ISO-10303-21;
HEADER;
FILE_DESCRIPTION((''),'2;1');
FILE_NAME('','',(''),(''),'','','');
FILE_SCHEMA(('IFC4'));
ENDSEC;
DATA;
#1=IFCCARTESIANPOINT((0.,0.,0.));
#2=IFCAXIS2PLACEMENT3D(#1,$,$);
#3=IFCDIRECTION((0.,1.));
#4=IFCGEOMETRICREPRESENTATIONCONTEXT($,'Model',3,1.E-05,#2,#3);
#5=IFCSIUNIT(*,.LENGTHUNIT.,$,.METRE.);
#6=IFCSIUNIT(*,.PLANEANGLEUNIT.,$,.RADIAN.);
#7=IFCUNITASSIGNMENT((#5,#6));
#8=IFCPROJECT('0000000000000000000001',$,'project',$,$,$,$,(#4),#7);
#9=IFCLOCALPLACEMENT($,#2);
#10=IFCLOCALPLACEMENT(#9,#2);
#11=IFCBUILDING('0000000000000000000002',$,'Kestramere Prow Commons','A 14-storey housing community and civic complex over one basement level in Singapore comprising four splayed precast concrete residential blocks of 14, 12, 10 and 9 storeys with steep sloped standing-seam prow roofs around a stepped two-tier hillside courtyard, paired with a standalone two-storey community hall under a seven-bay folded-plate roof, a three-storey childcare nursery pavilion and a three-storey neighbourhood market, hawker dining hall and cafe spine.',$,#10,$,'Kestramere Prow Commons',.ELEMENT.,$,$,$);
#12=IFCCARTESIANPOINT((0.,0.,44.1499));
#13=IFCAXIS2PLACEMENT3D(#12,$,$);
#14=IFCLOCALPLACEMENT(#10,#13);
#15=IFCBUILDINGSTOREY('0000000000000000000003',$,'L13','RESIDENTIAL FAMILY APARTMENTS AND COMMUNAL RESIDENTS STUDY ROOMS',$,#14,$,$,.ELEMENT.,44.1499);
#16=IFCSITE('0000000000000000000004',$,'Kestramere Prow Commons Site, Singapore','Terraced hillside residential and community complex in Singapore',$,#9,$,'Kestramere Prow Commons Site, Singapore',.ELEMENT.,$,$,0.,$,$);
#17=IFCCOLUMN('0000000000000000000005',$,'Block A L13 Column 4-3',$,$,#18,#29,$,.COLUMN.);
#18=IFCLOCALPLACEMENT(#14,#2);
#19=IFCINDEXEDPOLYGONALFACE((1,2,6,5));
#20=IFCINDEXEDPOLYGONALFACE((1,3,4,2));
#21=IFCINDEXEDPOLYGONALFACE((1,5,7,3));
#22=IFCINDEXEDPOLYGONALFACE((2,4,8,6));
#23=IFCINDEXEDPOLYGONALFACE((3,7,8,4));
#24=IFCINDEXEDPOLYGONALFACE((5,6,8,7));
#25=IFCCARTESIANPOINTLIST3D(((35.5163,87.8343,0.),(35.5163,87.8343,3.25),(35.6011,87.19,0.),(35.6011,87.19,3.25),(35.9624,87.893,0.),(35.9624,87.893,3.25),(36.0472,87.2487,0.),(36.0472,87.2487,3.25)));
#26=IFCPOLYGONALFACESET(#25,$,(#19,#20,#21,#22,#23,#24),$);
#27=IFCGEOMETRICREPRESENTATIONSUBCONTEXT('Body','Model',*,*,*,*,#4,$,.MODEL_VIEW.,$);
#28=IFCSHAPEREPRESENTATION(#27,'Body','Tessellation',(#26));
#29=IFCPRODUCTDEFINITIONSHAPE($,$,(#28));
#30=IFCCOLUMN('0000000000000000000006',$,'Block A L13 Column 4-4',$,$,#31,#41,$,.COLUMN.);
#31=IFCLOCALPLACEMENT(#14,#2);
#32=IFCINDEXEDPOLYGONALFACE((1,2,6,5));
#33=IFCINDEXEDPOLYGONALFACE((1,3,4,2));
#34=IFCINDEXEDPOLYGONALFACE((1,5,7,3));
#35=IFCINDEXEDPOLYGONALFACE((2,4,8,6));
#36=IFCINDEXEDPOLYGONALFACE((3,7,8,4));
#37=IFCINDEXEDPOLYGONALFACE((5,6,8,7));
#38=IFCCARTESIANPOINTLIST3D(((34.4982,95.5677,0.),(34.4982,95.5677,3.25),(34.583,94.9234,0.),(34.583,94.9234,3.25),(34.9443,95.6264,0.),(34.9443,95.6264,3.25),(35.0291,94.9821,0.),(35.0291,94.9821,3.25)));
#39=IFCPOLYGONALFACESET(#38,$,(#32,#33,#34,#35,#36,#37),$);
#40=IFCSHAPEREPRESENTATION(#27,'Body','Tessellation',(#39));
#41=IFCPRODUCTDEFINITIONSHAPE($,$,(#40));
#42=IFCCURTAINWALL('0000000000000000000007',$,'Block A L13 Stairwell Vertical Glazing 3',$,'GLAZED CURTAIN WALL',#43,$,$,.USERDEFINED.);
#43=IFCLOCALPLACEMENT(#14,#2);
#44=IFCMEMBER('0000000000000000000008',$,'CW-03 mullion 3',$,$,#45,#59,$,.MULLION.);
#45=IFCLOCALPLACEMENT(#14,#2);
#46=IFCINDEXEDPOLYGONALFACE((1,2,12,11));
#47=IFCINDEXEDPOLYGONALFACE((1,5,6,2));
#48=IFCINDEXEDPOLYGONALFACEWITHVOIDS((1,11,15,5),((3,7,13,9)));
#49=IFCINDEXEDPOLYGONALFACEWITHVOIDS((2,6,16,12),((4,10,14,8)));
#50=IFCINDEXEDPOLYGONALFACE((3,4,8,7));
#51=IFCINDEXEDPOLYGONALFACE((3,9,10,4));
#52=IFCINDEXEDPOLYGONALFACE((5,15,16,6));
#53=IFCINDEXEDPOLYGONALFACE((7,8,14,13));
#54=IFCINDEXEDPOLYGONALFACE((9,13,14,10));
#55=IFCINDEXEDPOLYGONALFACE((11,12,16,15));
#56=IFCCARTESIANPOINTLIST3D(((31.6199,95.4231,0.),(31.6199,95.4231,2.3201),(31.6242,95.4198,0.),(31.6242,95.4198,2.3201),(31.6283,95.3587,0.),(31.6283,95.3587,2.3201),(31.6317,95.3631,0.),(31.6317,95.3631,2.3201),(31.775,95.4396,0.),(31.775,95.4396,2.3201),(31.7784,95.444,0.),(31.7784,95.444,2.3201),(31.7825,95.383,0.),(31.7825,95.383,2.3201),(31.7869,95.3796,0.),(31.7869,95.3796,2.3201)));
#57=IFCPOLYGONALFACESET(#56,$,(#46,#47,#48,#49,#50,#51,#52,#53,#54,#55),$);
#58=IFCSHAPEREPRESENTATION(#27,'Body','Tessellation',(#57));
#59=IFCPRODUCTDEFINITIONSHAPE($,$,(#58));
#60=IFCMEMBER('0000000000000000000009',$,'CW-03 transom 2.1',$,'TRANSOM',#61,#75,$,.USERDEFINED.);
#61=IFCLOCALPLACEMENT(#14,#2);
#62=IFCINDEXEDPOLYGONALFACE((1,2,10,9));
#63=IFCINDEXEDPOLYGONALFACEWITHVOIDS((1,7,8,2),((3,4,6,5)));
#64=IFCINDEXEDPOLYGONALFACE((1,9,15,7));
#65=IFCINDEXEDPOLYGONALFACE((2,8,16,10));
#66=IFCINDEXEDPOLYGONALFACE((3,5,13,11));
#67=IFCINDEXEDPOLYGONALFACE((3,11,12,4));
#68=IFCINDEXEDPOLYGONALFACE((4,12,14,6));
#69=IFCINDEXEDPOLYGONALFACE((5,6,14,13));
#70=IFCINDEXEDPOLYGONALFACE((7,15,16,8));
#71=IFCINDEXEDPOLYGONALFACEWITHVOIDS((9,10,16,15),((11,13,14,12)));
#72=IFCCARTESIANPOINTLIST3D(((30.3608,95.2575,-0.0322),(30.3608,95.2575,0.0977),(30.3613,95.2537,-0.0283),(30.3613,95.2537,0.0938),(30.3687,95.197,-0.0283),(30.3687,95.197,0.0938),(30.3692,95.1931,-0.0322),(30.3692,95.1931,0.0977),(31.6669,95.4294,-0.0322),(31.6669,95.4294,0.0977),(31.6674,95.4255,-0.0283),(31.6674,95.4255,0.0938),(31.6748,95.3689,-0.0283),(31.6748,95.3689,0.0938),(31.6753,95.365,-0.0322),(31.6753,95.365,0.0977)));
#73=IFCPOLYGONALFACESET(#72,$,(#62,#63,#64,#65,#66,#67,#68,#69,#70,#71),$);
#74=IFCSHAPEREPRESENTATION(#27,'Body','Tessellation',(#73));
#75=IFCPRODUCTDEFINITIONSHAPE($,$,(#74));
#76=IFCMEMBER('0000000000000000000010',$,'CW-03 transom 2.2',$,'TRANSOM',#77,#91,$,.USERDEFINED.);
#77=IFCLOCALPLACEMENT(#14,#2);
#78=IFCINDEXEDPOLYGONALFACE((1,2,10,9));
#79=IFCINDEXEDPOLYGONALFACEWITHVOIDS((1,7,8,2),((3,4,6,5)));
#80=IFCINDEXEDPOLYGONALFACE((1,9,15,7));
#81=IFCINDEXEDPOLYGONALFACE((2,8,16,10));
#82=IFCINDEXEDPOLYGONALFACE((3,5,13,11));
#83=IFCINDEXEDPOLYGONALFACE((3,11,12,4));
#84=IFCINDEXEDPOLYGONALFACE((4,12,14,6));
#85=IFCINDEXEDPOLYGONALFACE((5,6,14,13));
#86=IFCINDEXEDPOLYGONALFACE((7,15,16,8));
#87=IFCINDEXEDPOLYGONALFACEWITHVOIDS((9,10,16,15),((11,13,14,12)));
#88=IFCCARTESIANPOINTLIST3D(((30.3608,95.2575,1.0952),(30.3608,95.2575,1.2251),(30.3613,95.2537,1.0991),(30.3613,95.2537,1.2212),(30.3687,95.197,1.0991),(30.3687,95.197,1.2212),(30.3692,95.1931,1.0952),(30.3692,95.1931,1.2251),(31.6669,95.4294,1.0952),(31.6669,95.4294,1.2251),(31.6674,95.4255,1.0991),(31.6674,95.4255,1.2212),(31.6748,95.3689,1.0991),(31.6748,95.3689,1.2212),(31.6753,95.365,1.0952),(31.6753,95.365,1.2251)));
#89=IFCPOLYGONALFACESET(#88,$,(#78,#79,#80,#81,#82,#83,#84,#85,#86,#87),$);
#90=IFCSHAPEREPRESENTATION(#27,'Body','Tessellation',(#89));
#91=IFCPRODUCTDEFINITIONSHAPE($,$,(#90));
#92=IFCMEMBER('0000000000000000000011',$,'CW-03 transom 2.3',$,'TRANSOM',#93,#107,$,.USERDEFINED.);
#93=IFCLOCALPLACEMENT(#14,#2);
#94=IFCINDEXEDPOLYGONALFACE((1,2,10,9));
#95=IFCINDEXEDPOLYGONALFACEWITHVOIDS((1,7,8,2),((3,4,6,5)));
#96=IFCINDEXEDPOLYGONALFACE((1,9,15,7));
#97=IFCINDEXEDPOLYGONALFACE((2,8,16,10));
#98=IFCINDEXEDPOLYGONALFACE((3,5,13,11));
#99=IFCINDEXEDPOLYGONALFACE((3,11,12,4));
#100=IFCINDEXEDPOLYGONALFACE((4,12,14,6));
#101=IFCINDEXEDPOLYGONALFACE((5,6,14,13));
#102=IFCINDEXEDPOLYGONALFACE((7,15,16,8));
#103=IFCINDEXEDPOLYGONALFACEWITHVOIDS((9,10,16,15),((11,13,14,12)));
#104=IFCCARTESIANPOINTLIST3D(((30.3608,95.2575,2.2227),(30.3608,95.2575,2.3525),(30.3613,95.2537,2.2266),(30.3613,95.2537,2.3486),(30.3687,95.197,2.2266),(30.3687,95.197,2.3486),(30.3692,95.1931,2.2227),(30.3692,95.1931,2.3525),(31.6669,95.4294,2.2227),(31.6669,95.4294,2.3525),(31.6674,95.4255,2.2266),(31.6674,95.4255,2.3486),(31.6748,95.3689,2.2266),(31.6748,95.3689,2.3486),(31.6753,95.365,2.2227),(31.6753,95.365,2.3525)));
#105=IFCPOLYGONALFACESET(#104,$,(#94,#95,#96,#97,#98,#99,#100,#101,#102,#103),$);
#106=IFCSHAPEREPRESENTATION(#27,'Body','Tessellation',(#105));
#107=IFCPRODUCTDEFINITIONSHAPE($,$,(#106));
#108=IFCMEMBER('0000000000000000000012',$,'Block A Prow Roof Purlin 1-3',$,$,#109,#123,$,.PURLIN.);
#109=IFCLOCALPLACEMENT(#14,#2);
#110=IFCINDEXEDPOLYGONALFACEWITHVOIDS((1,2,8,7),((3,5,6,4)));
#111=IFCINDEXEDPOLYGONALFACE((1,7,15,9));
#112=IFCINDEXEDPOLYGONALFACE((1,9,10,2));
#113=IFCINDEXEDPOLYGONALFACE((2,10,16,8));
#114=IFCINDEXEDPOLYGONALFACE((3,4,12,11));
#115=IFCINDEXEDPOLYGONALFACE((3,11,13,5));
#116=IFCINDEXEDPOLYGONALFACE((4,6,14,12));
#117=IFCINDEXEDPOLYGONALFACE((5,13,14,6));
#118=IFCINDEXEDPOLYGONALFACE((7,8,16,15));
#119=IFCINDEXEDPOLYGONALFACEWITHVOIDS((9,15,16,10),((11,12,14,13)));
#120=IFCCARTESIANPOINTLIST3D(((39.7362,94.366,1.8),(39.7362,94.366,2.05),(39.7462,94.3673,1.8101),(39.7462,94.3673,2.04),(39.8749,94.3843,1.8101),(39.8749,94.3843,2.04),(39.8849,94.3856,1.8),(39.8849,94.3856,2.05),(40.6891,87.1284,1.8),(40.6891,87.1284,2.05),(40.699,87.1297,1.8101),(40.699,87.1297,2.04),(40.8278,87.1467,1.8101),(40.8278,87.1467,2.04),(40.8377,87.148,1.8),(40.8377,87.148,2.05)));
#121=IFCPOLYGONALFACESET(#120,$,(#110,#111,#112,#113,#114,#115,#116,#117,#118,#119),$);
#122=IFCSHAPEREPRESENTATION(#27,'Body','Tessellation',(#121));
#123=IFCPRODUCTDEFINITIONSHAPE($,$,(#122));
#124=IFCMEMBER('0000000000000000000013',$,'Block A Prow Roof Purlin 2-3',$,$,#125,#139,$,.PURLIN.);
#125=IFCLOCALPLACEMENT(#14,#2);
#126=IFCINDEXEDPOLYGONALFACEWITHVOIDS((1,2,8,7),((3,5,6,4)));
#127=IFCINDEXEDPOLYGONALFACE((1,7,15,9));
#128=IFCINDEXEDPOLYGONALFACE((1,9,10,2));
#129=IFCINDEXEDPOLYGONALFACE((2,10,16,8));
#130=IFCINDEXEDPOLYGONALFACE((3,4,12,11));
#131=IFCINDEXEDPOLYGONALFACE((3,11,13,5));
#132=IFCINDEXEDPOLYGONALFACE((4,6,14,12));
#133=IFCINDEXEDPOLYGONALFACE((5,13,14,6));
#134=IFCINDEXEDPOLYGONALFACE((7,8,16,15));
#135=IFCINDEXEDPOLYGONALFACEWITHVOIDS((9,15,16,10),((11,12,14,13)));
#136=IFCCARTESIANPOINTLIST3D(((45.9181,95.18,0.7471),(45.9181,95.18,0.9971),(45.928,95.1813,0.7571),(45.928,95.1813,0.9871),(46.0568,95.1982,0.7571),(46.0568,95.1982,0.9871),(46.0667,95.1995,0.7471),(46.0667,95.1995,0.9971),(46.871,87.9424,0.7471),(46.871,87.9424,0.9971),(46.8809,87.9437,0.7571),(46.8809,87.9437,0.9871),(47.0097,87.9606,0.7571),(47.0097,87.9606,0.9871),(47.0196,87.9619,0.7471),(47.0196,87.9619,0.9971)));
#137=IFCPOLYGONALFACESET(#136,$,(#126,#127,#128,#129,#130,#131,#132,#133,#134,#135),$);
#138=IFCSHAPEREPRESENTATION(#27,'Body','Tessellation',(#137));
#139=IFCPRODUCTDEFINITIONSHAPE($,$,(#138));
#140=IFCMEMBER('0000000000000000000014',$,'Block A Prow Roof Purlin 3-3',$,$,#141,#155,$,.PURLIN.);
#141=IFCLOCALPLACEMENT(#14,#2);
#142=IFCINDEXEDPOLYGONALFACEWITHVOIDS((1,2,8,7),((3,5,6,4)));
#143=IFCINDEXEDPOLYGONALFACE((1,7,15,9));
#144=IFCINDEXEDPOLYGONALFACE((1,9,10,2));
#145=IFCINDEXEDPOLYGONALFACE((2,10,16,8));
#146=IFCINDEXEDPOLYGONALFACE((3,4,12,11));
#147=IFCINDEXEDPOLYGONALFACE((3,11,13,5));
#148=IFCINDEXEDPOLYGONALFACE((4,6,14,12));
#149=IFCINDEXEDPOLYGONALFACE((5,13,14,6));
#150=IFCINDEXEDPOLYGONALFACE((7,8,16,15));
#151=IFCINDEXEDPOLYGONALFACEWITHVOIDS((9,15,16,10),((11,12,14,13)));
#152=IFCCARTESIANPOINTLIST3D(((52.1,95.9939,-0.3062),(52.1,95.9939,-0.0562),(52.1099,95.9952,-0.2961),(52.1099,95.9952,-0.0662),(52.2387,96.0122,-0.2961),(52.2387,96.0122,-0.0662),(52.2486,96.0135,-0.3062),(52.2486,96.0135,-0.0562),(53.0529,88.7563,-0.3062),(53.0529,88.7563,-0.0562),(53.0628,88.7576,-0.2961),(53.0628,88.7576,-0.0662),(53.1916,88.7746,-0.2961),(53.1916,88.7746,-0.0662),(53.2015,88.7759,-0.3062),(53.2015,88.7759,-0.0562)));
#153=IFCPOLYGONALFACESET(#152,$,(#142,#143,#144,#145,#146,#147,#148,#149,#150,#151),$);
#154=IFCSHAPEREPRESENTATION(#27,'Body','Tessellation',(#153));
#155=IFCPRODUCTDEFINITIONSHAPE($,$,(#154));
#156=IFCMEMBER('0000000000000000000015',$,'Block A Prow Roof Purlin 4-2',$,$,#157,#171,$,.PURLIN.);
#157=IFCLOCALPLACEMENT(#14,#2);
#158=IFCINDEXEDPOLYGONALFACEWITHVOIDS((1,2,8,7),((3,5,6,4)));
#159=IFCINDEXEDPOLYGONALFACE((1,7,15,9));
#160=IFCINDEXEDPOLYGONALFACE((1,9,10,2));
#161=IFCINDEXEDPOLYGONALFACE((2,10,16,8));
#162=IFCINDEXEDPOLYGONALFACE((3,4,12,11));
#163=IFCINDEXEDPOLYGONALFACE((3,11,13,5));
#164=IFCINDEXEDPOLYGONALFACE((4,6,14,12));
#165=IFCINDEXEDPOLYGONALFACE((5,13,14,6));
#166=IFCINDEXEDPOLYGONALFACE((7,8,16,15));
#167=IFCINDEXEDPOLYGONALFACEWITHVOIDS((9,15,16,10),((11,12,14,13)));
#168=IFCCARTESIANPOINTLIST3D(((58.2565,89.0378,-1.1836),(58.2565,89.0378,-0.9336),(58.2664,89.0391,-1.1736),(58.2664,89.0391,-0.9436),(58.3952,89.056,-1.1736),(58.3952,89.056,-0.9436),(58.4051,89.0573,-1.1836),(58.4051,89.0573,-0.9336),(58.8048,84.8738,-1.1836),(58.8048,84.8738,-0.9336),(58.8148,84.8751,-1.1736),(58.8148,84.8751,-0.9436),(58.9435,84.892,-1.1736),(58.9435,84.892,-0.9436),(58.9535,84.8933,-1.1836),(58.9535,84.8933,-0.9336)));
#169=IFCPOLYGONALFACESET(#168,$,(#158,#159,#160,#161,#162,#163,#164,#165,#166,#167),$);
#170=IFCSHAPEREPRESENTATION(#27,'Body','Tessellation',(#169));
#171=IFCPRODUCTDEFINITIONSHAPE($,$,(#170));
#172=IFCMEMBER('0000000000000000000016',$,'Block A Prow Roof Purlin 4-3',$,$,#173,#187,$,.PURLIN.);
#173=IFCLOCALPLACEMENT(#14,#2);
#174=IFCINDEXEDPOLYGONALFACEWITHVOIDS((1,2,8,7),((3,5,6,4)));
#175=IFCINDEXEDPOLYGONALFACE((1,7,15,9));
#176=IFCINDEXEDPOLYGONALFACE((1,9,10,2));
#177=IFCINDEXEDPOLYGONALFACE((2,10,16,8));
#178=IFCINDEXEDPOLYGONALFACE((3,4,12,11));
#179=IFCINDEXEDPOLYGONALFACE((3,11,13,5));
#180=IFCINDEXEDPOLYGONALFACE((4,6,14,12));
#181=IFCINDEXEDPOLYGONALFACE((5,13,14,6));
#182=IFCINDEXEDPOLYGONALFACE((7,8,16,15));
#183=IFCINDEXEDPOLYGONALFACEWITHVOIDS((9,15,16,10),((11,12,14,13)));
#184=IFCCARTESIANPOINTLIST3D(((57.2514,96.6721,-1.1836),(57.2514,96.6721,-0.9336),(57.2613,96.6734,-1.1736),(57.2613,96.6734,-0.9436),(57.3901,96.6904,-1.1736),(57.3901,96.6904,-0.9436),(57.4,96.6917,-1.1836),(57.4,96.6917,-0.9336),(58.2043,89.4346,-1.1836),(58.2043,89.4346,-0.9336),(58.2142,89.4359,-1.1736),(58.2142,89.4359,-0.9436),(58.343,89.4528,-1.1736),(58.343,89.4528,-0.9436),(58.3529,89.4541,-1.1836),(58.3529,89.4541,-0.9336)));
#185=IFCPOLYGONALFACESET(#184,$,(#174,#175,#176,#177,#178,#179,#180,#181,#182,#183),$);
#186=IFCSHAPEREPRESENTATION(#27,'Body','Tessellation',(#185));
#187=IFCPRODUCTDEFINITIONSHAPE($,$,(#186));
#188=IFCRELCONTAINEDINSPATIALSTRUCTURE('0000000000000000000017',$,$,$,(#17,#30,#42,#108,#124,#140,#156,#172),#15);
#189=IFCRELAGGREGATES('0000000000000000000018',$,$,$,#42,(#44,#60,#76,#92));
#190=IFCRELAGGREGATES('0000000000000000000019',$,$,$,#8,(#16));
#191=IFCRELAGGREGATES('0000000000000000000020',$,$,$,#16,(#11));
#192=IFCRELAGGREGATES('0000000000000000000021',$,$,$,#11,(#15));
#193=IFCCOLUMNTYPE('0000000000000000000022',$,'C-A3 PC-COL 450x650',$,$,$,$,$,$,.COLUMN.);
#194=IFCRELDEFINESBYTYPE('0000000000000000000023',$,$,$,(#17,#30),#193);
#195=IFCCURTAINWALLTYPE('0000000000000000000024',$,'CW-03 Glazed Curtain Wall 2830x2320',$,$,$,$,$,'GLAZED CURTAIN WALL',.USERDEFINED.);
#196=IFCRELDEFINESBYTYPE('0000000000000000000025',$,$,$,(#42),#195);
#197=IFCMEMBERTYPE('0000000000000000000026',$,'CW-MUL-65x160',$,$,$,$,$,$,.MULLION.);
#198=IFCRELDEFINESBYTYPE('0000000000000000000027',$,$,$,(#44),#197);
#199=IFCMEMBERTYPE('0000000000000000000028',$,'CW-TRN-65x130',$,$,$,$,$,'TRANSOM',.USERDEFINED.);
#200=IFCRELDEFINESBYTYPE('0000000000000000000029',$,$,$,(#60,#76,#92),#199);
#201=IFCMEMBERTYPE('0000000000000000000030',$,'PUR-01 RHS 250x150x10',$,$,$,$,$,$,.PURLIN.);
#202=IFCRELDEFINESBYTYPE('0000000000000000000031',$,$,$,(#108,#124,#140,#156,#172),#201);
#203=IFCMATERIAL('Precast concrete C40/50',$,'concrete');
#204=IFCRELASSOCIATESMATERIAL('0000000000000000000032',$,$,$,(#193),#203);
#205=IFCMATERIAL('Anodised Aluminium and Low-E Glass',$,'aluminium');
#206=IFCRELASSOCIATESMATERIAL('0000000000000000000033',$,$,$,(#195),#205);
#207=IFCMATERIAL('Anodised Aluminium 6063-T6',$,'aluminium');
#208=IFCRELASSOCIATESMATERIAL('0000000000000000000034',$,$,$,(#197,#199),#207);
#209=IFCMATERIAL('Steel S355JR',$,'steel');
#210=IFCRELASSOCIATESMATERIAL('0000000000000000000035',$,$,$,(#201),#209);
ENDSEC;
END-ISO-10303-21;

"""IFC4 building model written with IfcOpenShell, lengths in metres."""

from ifc_helpers import new_model, si_unit, direction, frame, origin, origin_2d, place, context, subcontext, project, spatial, rectangle, hollow_rectangle, extrude, material, material_profile, profile_set, type_object, element, aggregate, save


model = new_model("IFC4")

# Units and contexts
model_context = context("Model", 3, precision=1e-05, world=origin(), true_north=direction((0.0, 1.0)))
body_context = subcontext(model_context, "Body", "Model", "MODEL_VIEW")
ifc_project = project(units=[si_unit("LENGTHUNIT", "METRE"), si_unit("PLANEANGLEUNIT", "RADIAN")], contexts=[model_context])

# Site, building, storey
site_placement = place(None, origin())
site = spatial("IfcSite", under=ifc_project, at=site_placement, Name="Kestramere Prow Commons Site, Singapore", Description="Terraced hillside residential and community complex in Singapore", LongName="Kestramere Prow Commons Site, Singapore", CompositionType="ELEMENT", RefElevation=0.0)
building_placement = place(site_placement, origin())
building = spatial("IfcBuilding", under=site, at=building_placement, Name="Kestramere Prow Commons", Description="A 14-storey housing community and civic complex over one basement level in Singapore comprising four splayed precast concrete residential blocks of 14, 12, 10 and 9 storeys with steep sloped standing-seam prow roofs around a stepped two-tier hillside courtyard, paired with a standalone two-storey community hall under a seven-bay folded-plate roof, a three-storey childcare nursery pavilion and a three-storey neighbourhood market, hawker dining hall and cafe spine.", LongName="Kestramere Prow Commons", CompositionType="ELEMENT")
storey_placement = place(building_placement, frame((0.0, 0.0, 44.1499)))
storey = spatial("IfcBuildingStorey", under=building, at=storey_placement, Name="L13", Description="RESIDENTIAL FAMILY APARTMENTS AND COMMUNAL RESIDENTS STUDY ROOMS", CompositionType="ELEMENT", Elevation=44.1499)

# Columns
ifc_material_1 = material(Name="Precast concrete C40/50", Category="concrete")
ifc_material_profile_1 = material_profile(ifc_material_1, rectangle(XDim=0.45, YDim=0.6499, at=origin_2d()), Name="PC-COL 450x650")
ifc_profile_set_1 = profile_set([ifc_material_profile_1], Name="Precast concrete C40/50")
column_type = type_object("IfcColumnType", Name="C-A3 PC-COL 450x650", PredefinedType="COLUMN", material=ifc_profile_set_1)
for number, where, z_axis, x_axis, name in (
    (1, (35.7817, 87.5415, 0.0), (0.0, 0.0, 1.0), (0.991445, 0.130526, 0.0), "Block A L13 Column 4-3"),
    (2, (34.7637, 95.2749, 0.0), (0.0, 0.0, 1.0), (0.991445, 0.130526, 0.0), "Block A L13 Column 4-4"),
):
    element("IfcColumn", number, at=place(storey_placement, frame(where, z_axis=z_axis, x_axis=x_axis)), inside=storey, type_object=column_type, Name=name, PredefinedType="COLUMN", context=body_context, shape_type="SweptSolid", body=[
        extrude(rectangle(XDim=0.45, YDim=0.6499, at=origin_2d()), origin(), (0.0, 0.0, 1.0), 3.25),
    ])

# Curtain wall, members
ifc_material_2 = material(Name="Anodised Aluminium and Low-E Glass", Category="aluminium")
curtain_wall_type = type_object("IfcCurtainWallType", Name="CW-03 Glazed Curtain Wall 2830x2320", ElementType="GLAZED CURTAIN WALL", PredefinedType="USERDEFINED", material=ifc_material_2)
curtain_wall_placement = place(storey_placement, origin())
curtain_wall = element("IfcCurtainWall", 3, at=curtain_wall_placement, inside=storey, type_object=curtain_wall_type, Name="Block A L13 Stairwell Vertical Glazing 3", ObjectType="GLAZED CURTAIN WALL", PredefinedType="USERDEFINED")
ifc_material_3 = material(Name="Anodised Aluminium 6063-T6", Category="aluminium")
ifc_material_profile_2 = material_profile(ifc_material_3, hollow_rectangle(XDim=0.0649, YDim=0.1599, WallThickness=0.0039, at=origin_2d()), Name="ALU-MUL 65x160")
ifc_profile_set_2 = profile_set([ifc_material_profile_2], Name="Anodised Aluminium 6063-T6")
member_type_1 = type_object("IfcMemberType", Name="CW-MUL-65x160", PredefinedType="MULLION", material=ifc_profile_set_2)
member_1_placement = place(storey_placement, frame((31.7034, 95.4014, 0.0), z_axis=(0.0, 0.0, 1.0), x_axis=(-0.130526, 0.991445, 0.0)))
member_1 = element("IfcMember", 4, at=member_1_placement, type_object=member_type_1, Name="CW-03 mullion 3", PredefinedType="MULLION", context=body_context, shape_type="SweptSolid", body=[
    extrude(hollow_rectangle(XDim=0.0649, YDim=0.1599, WallThickness=0.0039, at=origin_2d()), origin(), (0.0, 0.0, 1.0), 2.3201),
])
ifc_material_profile_3 = material_profile(ifc_material_3, hollow_rectangle(XDim=0.0649, YDim=0.1299, WallThickness=0.0039, at=origin_2d()), Name="ALU-TRN 65x130")
ifc_profile_set_3 = profile_set([ifc_material_profile_3], Name="Anodised Aluminium 6063-T6")
member_type_2 = type_object("IfcMemberType", Name="CW-TRN-65x130", ElementType="TRANSOM", PredefinedType="USERDEFINED", material=ifc_profile_set_3)
member_2_placement = place(storey_placement, frame((30.365, 95.2253, 0.0327), z_axis=(0.991453, 0.130464, 0.0), x_axis=(-0.130464, 0.991453, 0.0)))
member_2 = element("IfcMember", 5, at=member_2_placement, type_object=member_type_2, Name="CW-03 transom 2.1", ObjectType="TRANSOM", PredefinedType="USERDEFINED", context=body_context, shape_type="SweptSolid", body=[
    extrude(hollow_rectangle(XDim=0.0649, YDim=0.1299, WallThickness=0.0039, at=origin_2d()), origin(), (0.0, 0.0, 1.0), 1.3174),
])
member_3_placement = place(storey_placement, frame((30.365, 95.2253, 1.1602), z_axis=(0.991453, 0.130464, 0.0), x_axis=(-0.130464, 0.991453, 0.0)))
member_3 = element("IfcMember", 6, at=member_3_placement, type_object=member_type_2, Name="CW-03 transom 2.2", ObjectType="TRANSOM", PredefinedType="USERDEFINED", context=body_context, shape_type="SweptSolid", body=[
    extrude(hollow_rectangle(XDim=0.0649, YDim=0.1299, WallThickness=0.0039, at=origin_2d()), origin(), (0.0, 0.0, 1.0), 1.3174),
])
member_4_placement = place(storey_placement, frame((30.365, 95.2253, 2.2876), z_axis=(0.991453, 0.130464, 0.0), x_axis=(-0.130464, 0.991453, 0.0)))
member_4 = element("IfcMember", 7, at=member_4_placement, type_object=member_type_2, Name="CW-03 transom 2.3", ObjectType="TRANSOM", PredefinedType="USERDEFINED", context=body_context, shape_type="SweptSolid", body=[
    extrude(hollow_rectangle(XDim=0.0649, YDim=0.1299, WallThickness=0.0039, at=origin_2d()), origin(), (0.0, 0.0, 1.0), 1.3174),
])

# Members
ifc_material_4 = material(Name="Steel S355JR", Category="steel")
ifc_material_profile_4 = material_profile(ifc_material_4, hollow_rectangle(XDim=0.1499, YDim=0.25, WallThickness=0.01, at=origin_2d()), Name="RHS 250x150x10")
ifc_profile_set_4 = profile_set([ifc_material_profile_4], Name="Steel S355JR")
member_type_3 = type_object("IfcMemberType", Name="PUR-01 RHS 250x150x10", PredefinedType="PURLIN", material=ifc_profile_set_4)
for number, where, z_axis, x_axis, name in (
    (8, (40.7634, 87.1382, 1.925), (-0.130532, 0.991444, 0.0), (-0.991444, -0.130532, 0.0), "Block A Prow Roof Purlin 1-3"),
    (9, (46.9453, 87.9521, 0.8721), (-0.130532, 0.991444, 0.0), (-0.991444, -0.130532, 0.0), "Block A Prow Roof Purlin 2-3"),
    (10, (53.1272, 88.7661, -0.1812), (-0.130532, 0.991444, 0.0), (-0.991444, -0.130532, 0.0), "Block A Prow Roof Purlin 3-3"),
):
    element("IfcMember", number, at=place(storey_placement, frame(where, z_axis=z_axis, x_axis=x_axis)), inside=storey, type_object=member_type_3, Name=name, PredefinedType="PURLIN", context=body_context, shape_type="SweptSolid", body=[
        extrude(hollow_rectangle(XDim=0.1499, YDim=0.25, WallThickness=0.01, at=origin_2d()), origin(), (0.0, 0.0, 1.0), 7.3),
    ])
member_5_placement = place(storey_placement, frame((58.8792, 84.8835, -1.0586), z_axis=(-0.130557, 0.991441, 0.0), x_axis=(-0.991441, -0.130557, 0.0)))
element("IfcMember", 11, at=member_5_placement, inside=storey, type_object=member_type_3, Name="Block A Prow Roof Purlin 4-2", PredefinedType="PURLIN", context=body_context, shape_type="SweptSolid", body=[
    extrude(hollow_rectangle(XDim=0.1499, YDim=0.25, WallThickness=0.01, at=origin_2d()), origin(), (0.0, 0.0, 1.0), 4.2),
])
member_6_placement = place(storey_placement, frame((58.2786, 89.4443, -1.0586), z_axis=(-0.130532, 0.991444, 0.0), x_axis=(-0.991444, -0.130532, 0.0)))
element("IfcMember", 12, at=member_6_placement, inside=storey, type_object=member_type_3, Name="Block A Prow Roof Purlin 4-3", PredefinedType="PURLIN", context=body_context, shape_type="SweptSolid", body=[
    extrude(hollow_rectangle(XDim=0.1499, YDim=0.25, WallThickness=0.01, at=origin_2d()), origin(), (0.0, 0.0, 1.0), 7.3),
])

aggregate(curtain_wall, [member_1, member_2, member_3, member_4])

save(model, "model.ifc")
